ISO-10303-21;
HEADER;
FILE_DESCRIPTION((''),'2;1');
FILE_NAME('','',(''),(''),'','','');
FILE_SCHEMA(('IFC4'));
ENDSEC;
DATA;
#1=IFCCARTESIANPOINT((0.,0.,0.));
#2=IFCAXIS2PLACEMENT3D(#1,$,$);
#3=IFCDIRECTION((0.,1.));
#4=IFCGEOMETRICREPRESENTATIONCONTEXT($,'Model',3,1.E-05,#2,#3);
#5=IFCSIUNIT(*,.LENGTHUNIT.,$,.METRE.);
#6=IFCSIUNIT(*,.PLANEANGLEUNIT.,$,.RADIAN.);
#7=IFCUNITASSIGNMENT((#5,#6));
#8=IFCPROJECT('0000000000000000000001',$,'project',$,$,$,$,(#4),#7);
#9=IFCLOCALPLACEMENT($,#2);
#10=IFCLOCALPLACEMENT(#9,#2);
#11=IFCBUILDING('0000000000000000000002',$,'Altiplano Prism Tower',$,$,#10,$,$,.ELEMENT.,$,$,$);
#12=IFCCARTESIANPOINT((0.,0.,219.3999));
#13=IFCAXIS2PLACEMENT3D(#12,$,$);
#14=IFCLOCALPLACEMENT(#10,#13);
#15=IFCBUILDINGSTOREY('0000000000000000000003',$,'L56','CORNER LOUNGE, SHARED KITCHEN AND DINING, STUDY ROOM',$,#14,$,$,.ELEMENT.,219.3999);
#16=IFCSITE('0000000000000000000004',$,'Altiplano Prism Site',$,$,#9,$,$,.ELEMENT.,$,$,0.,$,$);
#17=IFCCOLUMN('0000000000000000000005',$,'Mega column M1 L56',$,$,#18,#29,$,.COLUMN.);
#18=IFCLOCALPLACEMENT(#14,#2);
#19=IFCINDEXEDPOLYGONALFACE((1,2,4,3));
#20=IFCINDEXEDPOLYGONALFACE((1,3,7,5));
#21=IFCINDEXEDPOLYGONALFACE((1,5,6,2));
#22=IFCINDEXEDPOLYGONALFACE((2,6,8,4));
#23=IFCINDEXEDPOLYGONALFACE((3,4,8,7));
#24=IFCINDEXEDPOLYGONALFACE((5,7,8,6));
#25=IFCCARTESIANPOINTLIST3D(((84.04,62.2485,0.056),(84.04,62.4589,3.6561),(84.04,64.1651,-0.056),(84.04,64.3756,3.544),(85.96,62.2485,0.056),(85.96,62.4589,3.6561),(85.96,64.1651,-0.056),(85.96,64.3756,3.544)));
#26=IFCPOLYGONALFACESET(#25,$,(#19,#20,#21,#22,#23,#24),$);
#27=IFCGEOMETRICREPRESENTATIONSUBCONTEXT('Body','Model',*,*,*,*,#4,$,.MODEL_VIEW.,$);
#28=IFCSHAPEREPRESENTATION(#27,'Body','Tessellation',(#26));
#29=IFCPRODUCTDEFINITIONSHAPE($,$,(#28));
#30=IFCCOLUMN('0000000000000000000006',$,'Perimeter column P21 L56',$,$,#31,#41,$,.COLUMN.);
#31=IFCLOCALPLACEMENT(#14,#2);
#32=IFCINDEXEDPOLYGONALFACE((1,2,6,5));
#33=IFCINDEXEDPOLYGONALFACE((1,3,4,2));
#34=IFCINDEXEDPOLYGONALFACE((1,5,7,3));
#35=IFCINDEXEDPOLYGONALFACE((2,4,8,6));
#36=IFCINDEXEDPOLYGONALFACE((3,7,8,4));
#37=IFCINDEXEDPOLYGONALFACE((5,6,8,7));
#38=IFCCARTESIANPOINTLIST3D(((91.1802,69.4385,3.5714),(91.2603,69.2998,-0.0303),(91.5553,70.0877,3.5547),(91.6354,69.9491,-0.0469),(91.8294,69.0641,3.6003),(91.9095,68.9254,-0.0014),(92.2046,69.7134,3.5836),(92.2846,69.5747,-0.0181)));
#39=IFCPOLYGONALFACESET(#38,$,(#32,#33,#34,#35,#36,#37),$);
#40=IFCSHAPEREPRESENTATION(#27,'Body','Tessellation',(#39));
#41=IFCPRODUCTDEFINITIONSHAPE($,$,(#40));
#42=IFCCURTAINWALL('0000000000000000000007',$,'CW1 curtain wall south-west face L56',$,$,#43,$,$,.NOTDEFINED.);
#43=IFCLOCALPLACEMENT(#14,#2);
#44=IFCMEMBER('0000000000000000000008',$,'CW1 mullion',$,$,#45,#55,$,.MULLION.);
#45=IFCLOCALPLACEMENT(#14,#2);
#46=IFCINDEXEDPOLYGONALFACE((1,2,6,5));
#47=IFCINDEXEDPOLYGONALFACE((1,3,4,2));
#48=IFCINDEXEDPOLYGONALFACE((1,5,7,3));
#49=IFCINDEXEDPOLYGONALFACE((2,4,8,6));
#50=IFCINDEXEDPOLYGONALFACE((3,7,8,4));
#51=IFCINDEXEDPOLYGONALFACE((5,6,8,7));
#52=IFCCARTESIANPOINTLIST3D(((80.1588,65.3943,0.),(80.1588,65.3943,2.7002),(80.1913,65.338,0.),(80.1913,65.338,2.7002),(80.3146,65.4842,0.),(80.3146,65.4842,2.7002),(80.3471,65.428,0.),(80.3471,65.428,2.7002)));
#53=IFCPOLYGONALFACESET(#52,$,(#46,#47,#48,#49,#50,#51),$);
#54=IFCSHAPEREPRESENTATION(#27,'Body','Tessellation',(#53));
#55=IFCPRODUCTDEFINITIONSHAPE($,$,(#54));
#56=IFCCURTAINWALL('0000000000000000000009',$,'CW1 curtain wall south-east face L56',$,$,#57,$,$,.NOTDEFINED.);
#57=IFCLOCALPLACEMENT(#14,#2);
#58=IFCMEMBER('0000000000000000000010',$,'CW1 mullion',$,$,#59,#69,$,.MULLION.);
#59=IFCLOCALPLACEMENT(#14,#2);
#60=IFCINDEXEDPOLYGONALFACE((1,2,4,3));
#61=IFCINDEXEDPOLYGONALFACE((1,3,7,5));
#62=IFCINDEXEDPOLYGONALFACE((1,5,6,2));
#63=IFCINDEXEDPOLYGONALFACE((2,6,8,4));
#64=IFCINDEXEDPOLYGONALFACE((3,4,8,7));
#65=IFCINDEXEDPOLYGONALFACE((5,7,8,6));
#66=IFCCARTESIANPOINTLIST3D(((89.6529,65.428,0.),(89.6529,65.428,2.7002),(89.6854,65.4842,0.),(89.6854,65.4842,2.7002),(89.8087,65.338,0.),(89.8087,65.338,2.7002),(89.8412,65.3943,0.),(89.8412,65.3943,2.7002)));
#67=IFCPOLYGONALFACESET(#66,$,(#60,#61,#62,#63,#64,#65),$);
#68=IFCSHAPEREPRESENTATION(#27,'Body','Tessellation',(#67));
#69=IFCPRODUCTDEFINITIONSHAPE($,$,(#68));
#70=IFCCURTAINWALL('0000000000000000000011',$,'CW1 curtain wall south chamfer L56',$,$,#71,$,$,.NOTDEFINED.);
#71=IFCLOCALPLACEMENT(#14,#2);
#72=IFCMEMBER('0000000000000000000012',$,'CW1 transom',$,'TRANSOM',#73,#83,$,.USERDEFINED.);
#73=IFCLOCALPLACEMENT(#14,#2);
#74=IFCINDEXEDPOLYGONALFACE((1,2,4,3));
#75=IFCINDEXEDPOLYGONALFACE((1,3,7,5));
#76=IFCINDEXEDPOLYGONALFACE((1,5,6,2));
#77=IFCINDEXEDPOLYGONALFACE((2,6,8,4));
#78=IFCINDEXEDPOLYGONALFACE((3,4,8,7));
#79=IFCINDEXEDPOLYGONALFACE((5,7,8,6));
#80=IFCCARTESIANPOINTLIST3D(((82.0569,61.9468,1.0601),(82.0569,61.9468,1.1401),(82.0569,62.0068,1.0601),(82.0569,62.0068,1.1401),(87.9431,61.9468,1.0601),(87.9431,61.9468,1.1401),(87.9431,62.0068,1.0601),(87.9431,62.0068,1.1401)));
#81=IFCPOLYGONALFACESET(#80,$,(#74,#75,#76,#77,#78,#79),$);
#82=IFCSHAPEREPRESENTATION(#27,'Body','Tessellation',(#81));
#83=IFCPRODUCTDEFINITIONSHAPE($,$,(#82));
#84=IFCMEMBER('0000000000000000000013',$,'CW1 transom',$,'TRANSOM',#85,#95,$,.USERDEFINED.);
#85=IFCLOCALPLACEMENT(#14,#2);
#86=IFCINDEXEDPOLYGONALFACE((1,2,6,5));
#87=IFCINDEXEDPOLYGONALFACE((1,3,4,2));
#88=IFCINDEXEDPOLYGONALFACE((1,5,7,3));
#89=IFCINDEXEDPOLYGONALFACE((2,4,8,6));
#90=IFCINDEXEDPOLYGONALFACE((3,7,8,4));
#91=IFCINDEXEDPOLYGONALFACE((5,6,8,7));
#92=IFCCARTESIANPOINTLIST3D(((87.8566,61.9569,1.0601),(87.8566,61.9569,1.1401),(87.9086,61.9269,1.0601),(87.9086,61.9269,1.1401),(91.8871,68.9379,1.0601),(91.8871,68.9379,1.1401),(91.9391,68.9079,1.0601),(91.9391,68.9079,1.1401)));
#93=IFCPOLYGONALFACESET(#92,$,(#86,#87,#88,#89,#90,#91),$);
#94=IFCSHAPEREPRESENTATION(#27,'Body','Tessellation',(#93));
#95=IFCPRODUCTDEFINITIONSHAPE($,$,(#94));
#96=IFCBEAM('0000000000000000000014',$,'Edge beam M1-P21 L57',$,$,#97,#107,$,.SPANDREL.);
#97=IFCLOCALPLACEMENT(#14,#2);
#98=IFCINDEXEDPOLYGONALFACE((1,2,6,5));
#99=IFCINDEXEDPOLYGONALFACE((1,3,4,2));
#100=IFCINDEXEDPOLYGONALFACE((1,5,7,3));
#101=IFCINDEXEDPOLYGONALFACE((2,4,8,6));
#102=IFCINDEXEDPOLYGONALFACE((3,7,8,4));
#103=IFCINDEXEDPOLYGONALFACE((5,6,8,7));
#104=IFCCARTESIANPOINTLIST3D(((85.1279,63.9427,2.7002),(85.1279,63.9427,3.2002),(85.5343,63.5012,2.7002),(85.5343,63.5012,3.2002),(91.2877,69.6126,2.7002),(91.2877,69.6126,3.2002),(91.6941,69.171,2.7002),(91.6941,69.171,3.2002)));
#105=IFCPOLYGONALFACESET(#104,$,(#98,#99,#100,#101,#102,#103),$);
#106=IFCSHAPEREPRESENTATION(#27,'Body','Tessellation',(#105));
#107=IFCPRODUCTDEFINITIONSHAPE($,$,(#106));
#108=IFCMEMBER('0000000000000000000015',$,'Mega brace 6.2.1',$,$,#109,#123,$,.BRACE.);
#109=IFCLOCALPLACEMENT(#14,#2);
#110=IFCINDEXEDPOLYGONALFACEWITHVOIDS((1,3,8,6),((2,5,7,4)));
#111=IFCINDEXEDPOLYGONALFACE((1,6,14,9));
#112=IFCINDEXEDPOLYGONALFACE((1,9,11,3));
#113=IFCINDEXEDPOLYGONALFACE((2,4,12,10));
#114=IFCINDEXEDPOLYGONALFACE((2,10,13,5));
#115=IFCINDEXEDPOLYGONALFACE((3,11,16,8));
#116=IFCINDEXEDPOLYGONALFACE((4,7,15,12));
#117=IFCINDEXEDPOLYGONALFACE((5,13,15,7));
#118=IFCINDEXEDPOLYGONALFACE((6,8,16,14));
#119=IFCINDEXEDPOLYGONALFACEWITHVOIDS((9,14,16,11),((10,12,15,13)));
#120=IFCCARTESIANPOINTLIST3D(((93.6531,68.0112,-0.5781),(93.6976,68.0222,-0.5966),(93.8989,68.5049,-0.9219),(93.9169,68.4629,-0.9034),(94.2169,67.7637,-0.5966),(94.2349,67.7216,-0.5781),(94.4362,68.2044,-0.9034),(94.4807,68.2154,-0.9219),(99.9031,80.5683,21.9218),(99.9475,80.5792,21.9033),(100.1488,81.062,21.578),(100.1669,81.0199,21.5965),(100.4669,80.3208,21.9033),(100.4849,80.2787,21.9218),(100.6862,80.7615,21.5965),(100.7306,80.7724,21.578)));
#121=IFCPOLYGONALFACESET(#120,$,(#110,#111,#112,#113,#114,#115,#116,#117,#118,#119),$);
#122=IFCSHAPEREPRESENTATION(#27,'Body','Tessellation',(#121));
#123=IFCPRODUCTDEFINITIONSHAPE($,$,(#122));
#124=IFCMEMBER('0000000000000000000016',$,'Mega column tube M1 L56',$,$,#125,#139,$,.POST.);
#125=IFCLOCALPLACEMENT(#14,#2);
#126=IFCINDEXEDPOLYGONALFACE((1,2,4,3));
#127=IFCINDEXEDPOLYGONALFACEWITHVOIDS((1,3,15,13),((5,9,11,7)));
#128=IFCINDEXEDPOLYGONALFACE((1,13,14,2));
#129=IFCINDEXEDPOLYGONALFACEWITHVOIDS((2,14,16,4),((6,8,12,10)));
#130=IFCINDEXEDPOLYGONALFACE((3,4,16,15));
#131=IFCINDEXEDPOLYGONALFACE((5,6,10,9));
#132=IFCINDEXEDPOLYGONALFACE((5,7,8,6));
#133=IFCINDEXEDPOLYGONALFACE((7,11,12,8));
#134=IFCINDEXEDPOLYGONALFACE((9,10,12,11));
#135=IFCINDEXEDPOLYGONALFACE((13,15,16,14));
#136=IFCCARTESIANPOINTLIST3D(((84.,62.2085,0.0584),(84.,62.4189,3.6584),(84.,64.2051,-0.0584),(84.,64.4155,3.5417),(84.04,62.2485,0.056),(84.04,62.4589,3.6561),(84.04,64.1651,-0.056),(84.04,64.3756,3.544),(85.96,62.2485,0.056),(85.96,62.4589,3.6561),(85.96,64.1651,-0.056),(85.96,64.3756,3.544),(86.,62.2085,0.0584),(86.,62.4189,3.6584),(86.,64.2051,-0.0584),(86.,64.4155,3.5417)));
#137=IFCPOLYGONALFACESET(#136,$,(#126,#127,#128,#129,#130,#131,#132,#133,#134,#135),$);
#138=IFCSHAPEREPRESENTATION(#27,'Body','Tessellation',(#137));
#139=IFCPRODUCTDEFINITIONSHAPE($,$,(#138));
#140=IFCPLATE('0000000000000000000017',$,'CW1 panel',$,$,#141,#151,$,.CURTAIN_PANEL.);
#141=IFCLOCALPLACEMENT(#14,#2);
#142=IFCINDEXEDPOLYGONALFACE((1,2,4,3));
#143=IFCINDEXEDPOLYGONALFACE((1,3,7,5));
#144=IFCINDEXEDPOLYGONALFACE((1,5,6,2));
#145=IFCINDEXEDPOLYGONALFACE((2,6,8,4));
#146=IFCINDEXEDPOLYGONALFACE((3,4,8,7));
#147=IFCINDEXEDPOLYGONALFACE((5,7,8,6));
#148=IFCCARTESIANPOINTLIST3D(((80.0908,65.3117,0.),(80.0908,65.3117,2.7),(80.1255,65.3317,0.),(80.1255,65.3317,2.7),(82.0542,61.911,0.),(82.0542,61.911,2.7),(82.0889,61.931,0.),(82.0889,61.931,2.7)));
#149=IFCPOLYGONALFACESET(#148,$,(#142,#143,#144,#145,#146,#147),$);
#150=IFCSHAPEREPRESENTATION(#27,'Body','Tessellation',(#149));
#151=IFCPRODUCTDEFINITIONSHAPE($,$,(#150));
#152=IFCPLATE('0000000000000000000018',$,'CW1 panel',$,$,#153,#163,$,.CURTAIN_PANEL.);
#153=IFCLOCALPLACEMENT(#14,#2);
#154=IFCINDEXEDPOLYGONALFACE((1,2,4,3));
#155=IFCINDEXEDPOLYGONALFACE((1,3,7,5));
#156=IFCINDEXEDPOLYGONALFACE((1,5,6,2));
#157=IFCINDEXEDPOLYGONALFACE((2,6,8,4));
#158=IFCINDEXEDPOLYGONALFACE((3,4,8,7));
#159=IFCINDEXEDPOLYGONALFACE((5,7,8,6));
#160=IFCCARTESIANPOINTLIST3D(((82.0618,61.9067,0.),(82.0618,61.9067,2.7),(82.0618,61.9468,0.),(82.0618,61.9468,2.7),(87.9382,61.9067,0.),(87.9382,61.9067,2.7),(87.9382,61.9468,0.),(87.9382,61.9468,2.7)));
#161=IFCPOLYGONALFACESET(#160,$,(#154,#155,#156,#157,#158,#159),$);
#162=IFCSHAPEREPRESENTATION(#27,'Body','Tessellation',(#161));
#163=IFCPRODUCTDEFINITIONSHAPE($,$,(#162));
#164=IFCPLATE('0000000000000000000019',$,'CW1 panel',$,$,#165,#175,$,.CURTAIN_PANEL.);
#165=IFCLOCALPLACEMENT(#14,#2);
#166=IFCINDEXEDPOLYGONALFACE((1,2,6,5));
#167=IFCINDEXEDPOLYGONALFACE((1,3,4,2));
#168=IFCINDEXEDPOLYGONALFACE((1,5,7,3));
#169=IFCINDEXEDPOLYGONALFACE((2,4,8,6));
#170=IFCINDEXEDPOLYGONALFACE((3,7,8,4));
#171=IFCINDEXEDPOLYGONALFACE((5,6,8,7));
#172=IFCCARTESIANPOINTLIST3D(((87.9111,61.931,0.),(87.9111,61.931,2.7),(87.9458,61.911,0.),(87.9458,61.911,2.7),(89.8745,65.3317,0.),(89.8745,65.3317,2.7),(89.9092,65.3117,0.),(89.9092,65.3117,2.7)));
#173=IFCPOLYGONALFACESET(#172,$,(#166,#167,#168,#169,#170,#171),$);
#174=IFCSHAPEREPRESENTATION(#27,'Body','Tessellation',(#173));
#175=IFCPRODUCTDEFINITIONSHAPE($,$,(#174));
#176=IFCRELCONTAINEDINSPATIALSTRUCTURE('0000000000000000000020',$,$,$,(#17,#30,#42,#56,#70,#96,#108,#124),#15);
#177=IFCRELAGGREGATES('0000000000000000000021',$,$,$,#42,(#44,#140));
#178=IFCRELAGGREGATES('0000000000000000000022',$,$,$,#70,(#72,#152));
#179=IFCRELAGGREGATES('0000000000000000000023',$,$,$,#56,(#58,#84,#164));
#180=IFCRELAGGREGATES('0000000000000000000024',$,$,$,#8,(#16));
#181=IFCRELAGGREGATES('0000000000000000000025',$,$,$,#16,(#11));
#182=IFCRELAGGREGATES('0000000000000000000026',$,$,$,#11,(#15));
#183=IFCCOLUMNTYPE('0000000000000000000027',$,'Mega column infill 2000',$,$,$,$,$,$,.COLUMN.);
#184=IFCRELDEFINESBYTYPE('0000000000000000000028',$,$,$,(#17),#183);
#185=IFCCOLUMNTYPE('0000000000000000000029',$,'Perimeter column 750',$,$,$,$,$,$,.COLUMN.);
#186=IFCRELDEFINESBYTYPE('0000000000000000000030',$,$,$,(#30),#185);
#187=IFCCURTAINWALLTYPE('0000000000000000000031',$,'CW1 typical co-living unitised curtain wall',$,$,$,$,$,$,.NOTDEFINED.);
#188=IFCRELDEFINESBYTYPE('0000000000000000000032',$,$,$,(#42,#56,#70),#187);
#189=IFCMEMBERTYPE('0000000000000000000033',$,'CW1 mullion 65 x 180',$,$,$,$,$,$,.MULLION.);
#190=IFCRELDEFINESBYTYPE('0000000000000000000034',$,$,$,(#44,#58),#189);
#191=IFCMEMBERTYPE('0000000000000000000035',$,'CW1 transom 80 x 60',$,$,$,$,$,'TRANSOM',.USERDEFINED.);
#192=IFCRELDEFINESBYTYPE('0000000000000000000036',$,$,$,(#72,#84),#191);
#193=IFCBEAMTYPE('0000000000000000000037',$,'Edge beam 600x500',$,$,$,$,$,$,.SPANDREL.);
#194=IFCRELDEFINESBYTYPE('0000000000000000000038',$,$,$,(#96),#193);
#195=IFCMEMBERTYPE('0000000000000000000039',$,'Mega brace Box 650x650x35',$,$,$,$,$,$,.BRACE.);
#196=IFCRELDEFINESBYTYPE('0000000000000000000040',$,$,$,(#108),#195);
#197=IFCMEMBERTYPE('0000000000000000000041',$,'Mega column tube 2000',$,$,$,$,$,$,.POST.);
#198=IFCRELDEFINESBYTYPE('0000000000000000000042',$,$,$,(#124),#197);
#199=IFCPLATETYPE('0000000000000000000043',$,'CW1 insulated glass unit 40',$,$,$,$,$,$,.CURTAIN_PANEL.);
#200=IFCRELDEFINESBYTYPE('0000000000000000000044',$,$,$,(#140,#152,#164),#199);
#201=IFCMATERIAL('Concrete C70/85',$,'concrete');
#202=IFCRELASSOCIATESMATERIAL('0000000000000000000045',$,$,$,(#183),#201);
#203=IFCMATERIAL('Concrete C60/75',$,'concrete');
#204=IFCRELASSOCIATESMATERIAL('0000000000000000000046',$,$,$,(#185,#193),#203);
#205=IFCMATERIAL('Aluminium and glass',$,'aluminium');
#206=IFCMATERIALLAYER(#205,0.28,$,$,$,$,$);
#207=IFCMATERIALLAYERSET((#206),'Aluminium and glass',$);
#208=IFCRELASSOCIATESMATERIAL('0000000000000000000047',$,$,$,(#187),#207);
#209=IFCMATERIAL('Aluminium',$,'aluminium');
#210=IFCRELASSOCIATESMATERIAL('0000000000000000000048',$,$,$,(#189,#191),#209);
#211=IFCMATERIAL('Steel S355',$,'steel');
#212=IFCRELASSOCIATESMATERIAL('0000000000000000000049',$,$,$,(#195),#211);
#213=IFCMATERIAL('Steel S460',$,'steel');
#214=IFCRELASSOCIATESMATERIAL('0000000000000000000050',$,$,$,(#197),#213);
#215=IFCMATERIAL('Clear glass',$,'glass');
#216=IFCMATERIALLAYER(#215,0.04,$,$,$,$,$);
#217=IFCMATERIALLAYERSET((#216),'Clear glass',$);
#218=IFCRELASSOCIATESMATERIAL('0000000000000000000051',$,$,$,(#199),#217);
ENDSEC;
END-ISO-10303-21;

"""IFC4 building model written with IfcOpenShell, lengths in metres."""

from ifc_helpers import new_model, si_unit, direction, frame, origin, origin_2d, place, context, subcontext, project, spatial, rectangle, hollow_rectangle, extrude, material, layer, layer_set, material_profile, profile_set, type_object, element, aggregate, save


model = new_model("IFC4")

# Units and contexts
model_context = context("Model", 3, precision=1e-05, world=origin(), true_north=direction((0.0, 1.0)))
body_context = subcontext(model_context, "Body", "Model", "MODEL_VIEW")
ifc_project = project(units=[si_unit("LENGTHUNIT", "METRE"), si_unit("PLANEANGLEUNIT", "RADIAN")], contexts=[model_context])

# Site, building, storey
site_placement = place(None, origin())
site = spatial("IfcSite", under=ifc_project, at=site_placement, Name="Altiplano Prism Site", CompositionType="ELEMENT", RefElevation=0.0)
building_placement = place(site_placement, origin())
building = spatial("IfcBuilding", under=site, at=building_placement, Name="Altiplano Prism Tower", CompositionType="ELEMENT")
storey_placement = place(building_placement, frame((0.0, 0.0, 219.3999)))
storey = spatial("IfcBuildingStorey", under=building, at=storey_placement, Name="L56", Description="CORNER LOUNGE, SHARED KITCHEN AND DINING, STUDY ROOM", CompositionType="ELEMENT", Elevation=219.3999)

# Columns
ifc_material_1 = material(Name="Concrete C70/85", Category="concrete")
ifc_material_profile_1 = material_profile(ifc_material_1, rectangle(XDim=1.9199, YDim=1.9199, at=origin_2d()), Name="Mega column infill 2000")
ifc_profile_set_1 = profile_set([ifc_material_profile_1], Name="Concrete C70/85")
column_type_1 = type_object("IfcColumnType", Name="Mega column infill 2000", PredefinedType="COLUMN", material=ifc_profile_set_1)
column_1_placement = place(storey_placement, frame((85.0, 63.2068, 0.0), z_axis=(0.0, 0.058357, 0.998296), x_axis=(-1.0, 0.0, 0.0)))
element("IfcColumn", 1, at=column_1_placement, inside=storey, type_object=column_type_1, Name="Mega column M1 L56", PredefinedType="COLUMN", context=body_context, shape_type="SweptSolid", body=[
    extrude(rectangle(XDim=1.9199, YDim=1.9199, at=origin_2d()), origin(), (0.0, 0.0, 1.0), 3.6062),
])
ifc_material_2 = material(Name="Concrete C60/75", Category="concrete")
ifc_material_profile_2 = material_profile(ifc_material_2, rectangle(XDim=0.75, YDim=0.75, at=origin_2d()), Name="Perimeter column 750")
ifc_profile_set_2 = profile_set([ifc_material_profile_2], Name="Concrete C60/75")
column_type_2 = type_object("IfcColumnType", Name="Perimeter column 750", PredefinedType="COLUMN", material=ifc_profile_set_2)
column_2_placement = place(storey_placement, frame((91.7725, 69.4373, -0.0242), z_axis=(-0.022212, 0.038465, 0.999013), x_axis=(-0.500172, -0.865641, 0.022209)))
element("IfcColumn", 2, at=column_2_placement, inside=storey, type_object=column_type_2, Name="Perimeter column P21 L56", PredefinedType="COLUMN", context=body_context, shape_type="SweptSolid", body=[
    extrude(rectangle(XDim=0.75, YDim=0.75, at=origin_2d()), origin(), (0.0, 0.0, 1.0), 3.6052),
])

# Curtain walls, members
ifc_material_3 = material(Name="Aluminium and glass", Category="aluminium")
ifc_layer_1 = layer(ifc_material_3, 0.28)
ifc_layer_set_1 = layer_set([ifc_layer_1], Name="Aluminium and glass")
curtain_wall_type = type_object("IfcCurtainWallType", Name="CW1 typical co-living unitised curtain wall", PredefinedType="NOTDEFINED", material=ifc_layer_set_1)
curtain_wall_1_placement = place(storey_placement, origin())
curtain_wall_1 = element("IfcCurtainWall", 3, at=curtain_wall_1_placement, inside=storey, type_object=curtain_wall_type, Name="CW1 curtain wall south-west face L56", PredefinedType="NOTDEFINED")
ifc_material_4 = material(Name="Aluminium", Category="aluminium")
ifc_material_profile_3 = material_profile(ifc_material_4, rectangle(XDim=0.1799, YDim=0.0649, at=origin_2d()), Name="CW1 mullion 65 x 180")
ifc_profile_set_3 = profile_set([ifc_material_profile_3], Name="Aluminium")
member_type_1 = type_object("IfcMemberType", Name="CW1 mullion 65 x 180", PredefinedType="MULLION", material=ifc_profile_set_3)
member_1_placement = place(storey_placement, frame((80.2529, 65.4111, 0.0), z_axis=(0.0, 0.0, 1.0), x_axis=(0.866025, 0.5, 0.0)))
member_1 = element("IfcMember", 4, at=member_1_placement, type_object=member_type_1, Name="CW1 mullion", PredefinedType="MULLION", context=body_context, shape_type="SweptSolid", body=[
    extrude(rectangle(XDim=0.1799, YDim=0.0649, at=origin_2d()), origin(), (0.0, 0.0, 1.0), 2.7002),
])
curtain_wall_2_placement = place(storey_placement, origin())
curtain_wall_2 = element("IfcCurtainWall", 5, at=curtain_wall_2_placement, inside=storey, type_object=curtain_wall_type, Name="CW1 curtain wall south-east face L56", PredefinedType="NOTDEFINED")
member_2_placement = place(storey_placement, frame((89.7471, 65.4111, 0.0), z_axis=(0.0, 0.0, 1.0), x_axis=(-0.866025, 0.5, 0.0)))
member_2 = element("IfcMember", 6, at=member_2_placement, type_object=member_type_1, Name="CW1 mullion", PredefinedType="MULLION", context=body_context, shape_type="SweptSolid", body=[
    extrude(rectangle(XDim=0.1799, YDim=0.0649, at=origin_2d()), origin(), (0.0, 0.0, 1.0), 2.7002),
])
curtain_wall_3_placement = place(storey_placement, origin())
curtain_wall_3 = element("IfcCurtainWall", 7, at=curtain_wall_3_placement, inside=storey, type_object=curtain_wall_type, Name="CW1 curtain wall south chamfer L56", PredefinedType="NOTDEFINED")
ifc_material_profile_4 = material_profile(ifc_material_4, rectangle(XDim=0.0601, YDim=0.0801, at=origin_2d()), Name="CW1 transom 80 x 60")
ifc_profile_set_4 = profile_set([ifc_material_profile_4], Name="Aluminium")
member_type_2 = type_object("IfcMemberType", Name="CW1 transom 80 x 60", ElementType="TRANSOM", PredefinedType="USERDEFINED", material=ifc_profile_set_4)
member_3_placement = place(storey_placement, frame((82.0569, 61.9768, 1.1001), z_axis=(1.0, 0.0, 0.0), x_axis=(0.0, 1.0, 0.0)))
member_3 = element("IfcMember", 8, at=member_3_placement, type_object=member_type_2, Name="CW1 transom", ObjectType="TRANSOM", PredefinedType="USERDEFINED", context=body_context, shape_type="SweptSolid", body=[
    extrude(rectangle(XDim=0.0601, YDim=0.0801, at=origin_2d()), origin(), (0.0, 0.0, 1.0), 5.8862),
])

# Member
member_4_placement = place(storey_placement, frame((87.8826, 61.9419, 1.1001), z_axis=(0.500006, 0.866022, 0.0), x_axis=(-0.866022, 0.500006, 0.0)))
member_4 = element("IfcMember", 9, at=member_4_placement, type_object=member_type_2, Name="CW1 transom", ObjectType="TRANSOM", PredefinedType="USERDEFINED", context=body_context, shape_type="SweptSolid", body=[
    extrude(rectangle(XDim=0.0601, YDim=0.0801, at=origin_2d()), origin(), (0.0, 0.0, 1.0), 8.061),
])

# Beam
ifc_material_profile_5 = material_profile(ifc_material_2, rectangle(XDim=0.6001, YDim=0.5, at=origin_2d()), Name="Edge beam 600x500")
ifc_profile_set_5 = profile_set([ifc_material_profile_5], Name="Concrete C60/75")
beam_type = type_object("IfcBeamType", Name="Edge beam 600x500", PredefinedType="SPANDREL", material=ifc_profile_set_5)
beam_placement = place(storey_placement, frame((85.3311, 63.7219, 2.9502), z_axis=(0.735764, 0.677238, 0.0), x_axis=(-0.677238, 0.735764, 0.0)))
element("IfcBeam", 10, at=beam_placement, inside=storey, type_object=beam_type, Name="Edge beam M1-P21 L57", PredefinedType="SPANDREL", context=body_context, shape_type="SweptSolid", body=[
    extrude(rectangle(XDim=0.6001, YDim=0.5, at=origin_2d()), origin(), (0.0, 0.0, 1.0), 8.3721),
])

# Members
ifc_material_5 = material(Name="Steel S355", Category="steel")
ifc_material_profile_6 = material_profile(ifc_material_5, hollow_rectangle(XDim=0.6499, YDim=0.6499, WallThickness=0.0349, at=origin_2d()), Name="Mega brace Box 650x650x35")
ifc_profile_set_6 = profile_set([ifc_material_profile_6], Name="Steel S355")
member_type_3 = type_object("IfcMemberType", Name="Mega brace Box 650x650x35", PredefinedType="BRACE", material=ifc_profile_set_6)
member_5_placement = place(storey_placement, frame((94.0669, 68.1133, -0.75), z_axis=(0.235724, 0.473603, 0.848607), x_axis=(-0.89524, 0.445584, 0.0)))
element("IfcMember", 11, at=member_5_placement, inside=storey, type_object=member_type_3, Name="Mega brace 6.2.1", PredefinedType="BRACE", context=body_context, shape_type="SweptSolid", body=[
    extrude(hollow_rectangle(XDim=0.6499, YDim=0.6499, WallThickness=0.0349, at=origin_2d()), origin(), (0.0, 0.0, 1.0), 26.5139),
])
ifc_material_6 = material(Name="Steel S460", Category="steel")
ifc_material_profile_7 = material_profile(ifc_material_6, hollow_rectangle(XDim=2.0, YDim=2.0, WallThickness=0.04, at=origin_2d()), Name="Mega column tube 2000")
ifc_profile_set_7 = profile_set([ifc_material_profile_7], Name="Steel S460")
member_type_4 = type_object("IfcMemberType", Name="Mega column tube 2000", PredefinedType="POST", material=ifc_profile_set_7)
member_6_placement = place(storey_placement, frame((85.0, 63.2068, 0.0), z_axis=(0.0, 0.058357, 0.998296), x_axis=(-1.0, 0.0, 0.0)))
element("IfcMember", 12, at=member_6_placement, inside=storey, type_object=member_type_4, Name="Mega column tube M1 L56", PredefinedType="POST", context=body_context, shape_type="SweptSolid", body=[
    extrude(hollow_rectangle(XDim=2.0, YDim=2.0, WallThickness=0.04, at=origin_2d()), origin(), (0.0, 0.0, 1.0), 3.6062),
])

# Plates
ifc_material_7 = material(Name="Clear glass", Category="glass")
ifc_layer_2 = layer(ifc_material_7, 0.04)
ifc_layer_set_2 = layer_set([ifc_layer_2], Name="Clear glass")
plate_type = type_object("IfcPlateType", Name="CW1 insulated glass unit 40", PredefinedType="CURTAIN_PANEL", material=ifc_layer_set_2)
plate_1_placement = place(storey_placement, frame((81.0898, 63.6213, 0.0), z_axis=(0.0, 0.0, 1.0), x_axis=(0.5, -0.866025, 0.0)))
plate_1 = element("IfcPlate", 13, at=plate_1_placement, type_object=plate_type, Name="CW1 panel", PredefinedType="CURTAIN_PANEL", context=body_context, shape_type="SweptSolid", body=[
    extrude(rectangle(XDim=3.9268, YDim=0.04, at=origin_2d()), origin(), (0.0, 0.0, 1.0), 2.7),
])
aggregate(curtain_wall_1, [member_1, plate_1])
plate_2_placement = place(storey_placement, frame((85.0, 61.9268, 0.0), z_axis=(0.0, 0.0, 1.0), x_axis=(1.0, 0.0, 0.0)))
plate_2 = element("IfcPlate", 14, at=plate_2_placement, type_object=plate_type, Name="CW1 panel", PredefinedType="CURTAIN_PANEL", context=body_context, shape_type="SweptSolid", body=[
    extrude(rectangle(XDim=5.8765, YDim=0.04, at=origin_2d()), origin(), (0.0, 0.0, 1.0), 2.7),
])
aggregate(curtain_wall_3, [member_3, plate_2])
plate_3_placement = place(storey_placement, frame((88.9102, 63.6213, 0.0), z_axis=(0.0, 0.0, 1.0), x_axis=(0.5, 0.866025, 0.0)))
plate_3 = element("IfcPlate", 15, at=plate_3_placement, type_object=plate_type, Name="CW1 panel", PredefinedType="CURTAIN_PANEL", context=body_context, shape_type="SweptSolid", body=[
    extrude(rectangle(XDim=3.9268, YDim=0.04, at=origin_2d()), origin(), (0.0, 0.0, 1.0), 2.7),
])
aggregate(curtain_wall_2, [member_2, member_4, plate_3])

save(model, "model.ifc")
